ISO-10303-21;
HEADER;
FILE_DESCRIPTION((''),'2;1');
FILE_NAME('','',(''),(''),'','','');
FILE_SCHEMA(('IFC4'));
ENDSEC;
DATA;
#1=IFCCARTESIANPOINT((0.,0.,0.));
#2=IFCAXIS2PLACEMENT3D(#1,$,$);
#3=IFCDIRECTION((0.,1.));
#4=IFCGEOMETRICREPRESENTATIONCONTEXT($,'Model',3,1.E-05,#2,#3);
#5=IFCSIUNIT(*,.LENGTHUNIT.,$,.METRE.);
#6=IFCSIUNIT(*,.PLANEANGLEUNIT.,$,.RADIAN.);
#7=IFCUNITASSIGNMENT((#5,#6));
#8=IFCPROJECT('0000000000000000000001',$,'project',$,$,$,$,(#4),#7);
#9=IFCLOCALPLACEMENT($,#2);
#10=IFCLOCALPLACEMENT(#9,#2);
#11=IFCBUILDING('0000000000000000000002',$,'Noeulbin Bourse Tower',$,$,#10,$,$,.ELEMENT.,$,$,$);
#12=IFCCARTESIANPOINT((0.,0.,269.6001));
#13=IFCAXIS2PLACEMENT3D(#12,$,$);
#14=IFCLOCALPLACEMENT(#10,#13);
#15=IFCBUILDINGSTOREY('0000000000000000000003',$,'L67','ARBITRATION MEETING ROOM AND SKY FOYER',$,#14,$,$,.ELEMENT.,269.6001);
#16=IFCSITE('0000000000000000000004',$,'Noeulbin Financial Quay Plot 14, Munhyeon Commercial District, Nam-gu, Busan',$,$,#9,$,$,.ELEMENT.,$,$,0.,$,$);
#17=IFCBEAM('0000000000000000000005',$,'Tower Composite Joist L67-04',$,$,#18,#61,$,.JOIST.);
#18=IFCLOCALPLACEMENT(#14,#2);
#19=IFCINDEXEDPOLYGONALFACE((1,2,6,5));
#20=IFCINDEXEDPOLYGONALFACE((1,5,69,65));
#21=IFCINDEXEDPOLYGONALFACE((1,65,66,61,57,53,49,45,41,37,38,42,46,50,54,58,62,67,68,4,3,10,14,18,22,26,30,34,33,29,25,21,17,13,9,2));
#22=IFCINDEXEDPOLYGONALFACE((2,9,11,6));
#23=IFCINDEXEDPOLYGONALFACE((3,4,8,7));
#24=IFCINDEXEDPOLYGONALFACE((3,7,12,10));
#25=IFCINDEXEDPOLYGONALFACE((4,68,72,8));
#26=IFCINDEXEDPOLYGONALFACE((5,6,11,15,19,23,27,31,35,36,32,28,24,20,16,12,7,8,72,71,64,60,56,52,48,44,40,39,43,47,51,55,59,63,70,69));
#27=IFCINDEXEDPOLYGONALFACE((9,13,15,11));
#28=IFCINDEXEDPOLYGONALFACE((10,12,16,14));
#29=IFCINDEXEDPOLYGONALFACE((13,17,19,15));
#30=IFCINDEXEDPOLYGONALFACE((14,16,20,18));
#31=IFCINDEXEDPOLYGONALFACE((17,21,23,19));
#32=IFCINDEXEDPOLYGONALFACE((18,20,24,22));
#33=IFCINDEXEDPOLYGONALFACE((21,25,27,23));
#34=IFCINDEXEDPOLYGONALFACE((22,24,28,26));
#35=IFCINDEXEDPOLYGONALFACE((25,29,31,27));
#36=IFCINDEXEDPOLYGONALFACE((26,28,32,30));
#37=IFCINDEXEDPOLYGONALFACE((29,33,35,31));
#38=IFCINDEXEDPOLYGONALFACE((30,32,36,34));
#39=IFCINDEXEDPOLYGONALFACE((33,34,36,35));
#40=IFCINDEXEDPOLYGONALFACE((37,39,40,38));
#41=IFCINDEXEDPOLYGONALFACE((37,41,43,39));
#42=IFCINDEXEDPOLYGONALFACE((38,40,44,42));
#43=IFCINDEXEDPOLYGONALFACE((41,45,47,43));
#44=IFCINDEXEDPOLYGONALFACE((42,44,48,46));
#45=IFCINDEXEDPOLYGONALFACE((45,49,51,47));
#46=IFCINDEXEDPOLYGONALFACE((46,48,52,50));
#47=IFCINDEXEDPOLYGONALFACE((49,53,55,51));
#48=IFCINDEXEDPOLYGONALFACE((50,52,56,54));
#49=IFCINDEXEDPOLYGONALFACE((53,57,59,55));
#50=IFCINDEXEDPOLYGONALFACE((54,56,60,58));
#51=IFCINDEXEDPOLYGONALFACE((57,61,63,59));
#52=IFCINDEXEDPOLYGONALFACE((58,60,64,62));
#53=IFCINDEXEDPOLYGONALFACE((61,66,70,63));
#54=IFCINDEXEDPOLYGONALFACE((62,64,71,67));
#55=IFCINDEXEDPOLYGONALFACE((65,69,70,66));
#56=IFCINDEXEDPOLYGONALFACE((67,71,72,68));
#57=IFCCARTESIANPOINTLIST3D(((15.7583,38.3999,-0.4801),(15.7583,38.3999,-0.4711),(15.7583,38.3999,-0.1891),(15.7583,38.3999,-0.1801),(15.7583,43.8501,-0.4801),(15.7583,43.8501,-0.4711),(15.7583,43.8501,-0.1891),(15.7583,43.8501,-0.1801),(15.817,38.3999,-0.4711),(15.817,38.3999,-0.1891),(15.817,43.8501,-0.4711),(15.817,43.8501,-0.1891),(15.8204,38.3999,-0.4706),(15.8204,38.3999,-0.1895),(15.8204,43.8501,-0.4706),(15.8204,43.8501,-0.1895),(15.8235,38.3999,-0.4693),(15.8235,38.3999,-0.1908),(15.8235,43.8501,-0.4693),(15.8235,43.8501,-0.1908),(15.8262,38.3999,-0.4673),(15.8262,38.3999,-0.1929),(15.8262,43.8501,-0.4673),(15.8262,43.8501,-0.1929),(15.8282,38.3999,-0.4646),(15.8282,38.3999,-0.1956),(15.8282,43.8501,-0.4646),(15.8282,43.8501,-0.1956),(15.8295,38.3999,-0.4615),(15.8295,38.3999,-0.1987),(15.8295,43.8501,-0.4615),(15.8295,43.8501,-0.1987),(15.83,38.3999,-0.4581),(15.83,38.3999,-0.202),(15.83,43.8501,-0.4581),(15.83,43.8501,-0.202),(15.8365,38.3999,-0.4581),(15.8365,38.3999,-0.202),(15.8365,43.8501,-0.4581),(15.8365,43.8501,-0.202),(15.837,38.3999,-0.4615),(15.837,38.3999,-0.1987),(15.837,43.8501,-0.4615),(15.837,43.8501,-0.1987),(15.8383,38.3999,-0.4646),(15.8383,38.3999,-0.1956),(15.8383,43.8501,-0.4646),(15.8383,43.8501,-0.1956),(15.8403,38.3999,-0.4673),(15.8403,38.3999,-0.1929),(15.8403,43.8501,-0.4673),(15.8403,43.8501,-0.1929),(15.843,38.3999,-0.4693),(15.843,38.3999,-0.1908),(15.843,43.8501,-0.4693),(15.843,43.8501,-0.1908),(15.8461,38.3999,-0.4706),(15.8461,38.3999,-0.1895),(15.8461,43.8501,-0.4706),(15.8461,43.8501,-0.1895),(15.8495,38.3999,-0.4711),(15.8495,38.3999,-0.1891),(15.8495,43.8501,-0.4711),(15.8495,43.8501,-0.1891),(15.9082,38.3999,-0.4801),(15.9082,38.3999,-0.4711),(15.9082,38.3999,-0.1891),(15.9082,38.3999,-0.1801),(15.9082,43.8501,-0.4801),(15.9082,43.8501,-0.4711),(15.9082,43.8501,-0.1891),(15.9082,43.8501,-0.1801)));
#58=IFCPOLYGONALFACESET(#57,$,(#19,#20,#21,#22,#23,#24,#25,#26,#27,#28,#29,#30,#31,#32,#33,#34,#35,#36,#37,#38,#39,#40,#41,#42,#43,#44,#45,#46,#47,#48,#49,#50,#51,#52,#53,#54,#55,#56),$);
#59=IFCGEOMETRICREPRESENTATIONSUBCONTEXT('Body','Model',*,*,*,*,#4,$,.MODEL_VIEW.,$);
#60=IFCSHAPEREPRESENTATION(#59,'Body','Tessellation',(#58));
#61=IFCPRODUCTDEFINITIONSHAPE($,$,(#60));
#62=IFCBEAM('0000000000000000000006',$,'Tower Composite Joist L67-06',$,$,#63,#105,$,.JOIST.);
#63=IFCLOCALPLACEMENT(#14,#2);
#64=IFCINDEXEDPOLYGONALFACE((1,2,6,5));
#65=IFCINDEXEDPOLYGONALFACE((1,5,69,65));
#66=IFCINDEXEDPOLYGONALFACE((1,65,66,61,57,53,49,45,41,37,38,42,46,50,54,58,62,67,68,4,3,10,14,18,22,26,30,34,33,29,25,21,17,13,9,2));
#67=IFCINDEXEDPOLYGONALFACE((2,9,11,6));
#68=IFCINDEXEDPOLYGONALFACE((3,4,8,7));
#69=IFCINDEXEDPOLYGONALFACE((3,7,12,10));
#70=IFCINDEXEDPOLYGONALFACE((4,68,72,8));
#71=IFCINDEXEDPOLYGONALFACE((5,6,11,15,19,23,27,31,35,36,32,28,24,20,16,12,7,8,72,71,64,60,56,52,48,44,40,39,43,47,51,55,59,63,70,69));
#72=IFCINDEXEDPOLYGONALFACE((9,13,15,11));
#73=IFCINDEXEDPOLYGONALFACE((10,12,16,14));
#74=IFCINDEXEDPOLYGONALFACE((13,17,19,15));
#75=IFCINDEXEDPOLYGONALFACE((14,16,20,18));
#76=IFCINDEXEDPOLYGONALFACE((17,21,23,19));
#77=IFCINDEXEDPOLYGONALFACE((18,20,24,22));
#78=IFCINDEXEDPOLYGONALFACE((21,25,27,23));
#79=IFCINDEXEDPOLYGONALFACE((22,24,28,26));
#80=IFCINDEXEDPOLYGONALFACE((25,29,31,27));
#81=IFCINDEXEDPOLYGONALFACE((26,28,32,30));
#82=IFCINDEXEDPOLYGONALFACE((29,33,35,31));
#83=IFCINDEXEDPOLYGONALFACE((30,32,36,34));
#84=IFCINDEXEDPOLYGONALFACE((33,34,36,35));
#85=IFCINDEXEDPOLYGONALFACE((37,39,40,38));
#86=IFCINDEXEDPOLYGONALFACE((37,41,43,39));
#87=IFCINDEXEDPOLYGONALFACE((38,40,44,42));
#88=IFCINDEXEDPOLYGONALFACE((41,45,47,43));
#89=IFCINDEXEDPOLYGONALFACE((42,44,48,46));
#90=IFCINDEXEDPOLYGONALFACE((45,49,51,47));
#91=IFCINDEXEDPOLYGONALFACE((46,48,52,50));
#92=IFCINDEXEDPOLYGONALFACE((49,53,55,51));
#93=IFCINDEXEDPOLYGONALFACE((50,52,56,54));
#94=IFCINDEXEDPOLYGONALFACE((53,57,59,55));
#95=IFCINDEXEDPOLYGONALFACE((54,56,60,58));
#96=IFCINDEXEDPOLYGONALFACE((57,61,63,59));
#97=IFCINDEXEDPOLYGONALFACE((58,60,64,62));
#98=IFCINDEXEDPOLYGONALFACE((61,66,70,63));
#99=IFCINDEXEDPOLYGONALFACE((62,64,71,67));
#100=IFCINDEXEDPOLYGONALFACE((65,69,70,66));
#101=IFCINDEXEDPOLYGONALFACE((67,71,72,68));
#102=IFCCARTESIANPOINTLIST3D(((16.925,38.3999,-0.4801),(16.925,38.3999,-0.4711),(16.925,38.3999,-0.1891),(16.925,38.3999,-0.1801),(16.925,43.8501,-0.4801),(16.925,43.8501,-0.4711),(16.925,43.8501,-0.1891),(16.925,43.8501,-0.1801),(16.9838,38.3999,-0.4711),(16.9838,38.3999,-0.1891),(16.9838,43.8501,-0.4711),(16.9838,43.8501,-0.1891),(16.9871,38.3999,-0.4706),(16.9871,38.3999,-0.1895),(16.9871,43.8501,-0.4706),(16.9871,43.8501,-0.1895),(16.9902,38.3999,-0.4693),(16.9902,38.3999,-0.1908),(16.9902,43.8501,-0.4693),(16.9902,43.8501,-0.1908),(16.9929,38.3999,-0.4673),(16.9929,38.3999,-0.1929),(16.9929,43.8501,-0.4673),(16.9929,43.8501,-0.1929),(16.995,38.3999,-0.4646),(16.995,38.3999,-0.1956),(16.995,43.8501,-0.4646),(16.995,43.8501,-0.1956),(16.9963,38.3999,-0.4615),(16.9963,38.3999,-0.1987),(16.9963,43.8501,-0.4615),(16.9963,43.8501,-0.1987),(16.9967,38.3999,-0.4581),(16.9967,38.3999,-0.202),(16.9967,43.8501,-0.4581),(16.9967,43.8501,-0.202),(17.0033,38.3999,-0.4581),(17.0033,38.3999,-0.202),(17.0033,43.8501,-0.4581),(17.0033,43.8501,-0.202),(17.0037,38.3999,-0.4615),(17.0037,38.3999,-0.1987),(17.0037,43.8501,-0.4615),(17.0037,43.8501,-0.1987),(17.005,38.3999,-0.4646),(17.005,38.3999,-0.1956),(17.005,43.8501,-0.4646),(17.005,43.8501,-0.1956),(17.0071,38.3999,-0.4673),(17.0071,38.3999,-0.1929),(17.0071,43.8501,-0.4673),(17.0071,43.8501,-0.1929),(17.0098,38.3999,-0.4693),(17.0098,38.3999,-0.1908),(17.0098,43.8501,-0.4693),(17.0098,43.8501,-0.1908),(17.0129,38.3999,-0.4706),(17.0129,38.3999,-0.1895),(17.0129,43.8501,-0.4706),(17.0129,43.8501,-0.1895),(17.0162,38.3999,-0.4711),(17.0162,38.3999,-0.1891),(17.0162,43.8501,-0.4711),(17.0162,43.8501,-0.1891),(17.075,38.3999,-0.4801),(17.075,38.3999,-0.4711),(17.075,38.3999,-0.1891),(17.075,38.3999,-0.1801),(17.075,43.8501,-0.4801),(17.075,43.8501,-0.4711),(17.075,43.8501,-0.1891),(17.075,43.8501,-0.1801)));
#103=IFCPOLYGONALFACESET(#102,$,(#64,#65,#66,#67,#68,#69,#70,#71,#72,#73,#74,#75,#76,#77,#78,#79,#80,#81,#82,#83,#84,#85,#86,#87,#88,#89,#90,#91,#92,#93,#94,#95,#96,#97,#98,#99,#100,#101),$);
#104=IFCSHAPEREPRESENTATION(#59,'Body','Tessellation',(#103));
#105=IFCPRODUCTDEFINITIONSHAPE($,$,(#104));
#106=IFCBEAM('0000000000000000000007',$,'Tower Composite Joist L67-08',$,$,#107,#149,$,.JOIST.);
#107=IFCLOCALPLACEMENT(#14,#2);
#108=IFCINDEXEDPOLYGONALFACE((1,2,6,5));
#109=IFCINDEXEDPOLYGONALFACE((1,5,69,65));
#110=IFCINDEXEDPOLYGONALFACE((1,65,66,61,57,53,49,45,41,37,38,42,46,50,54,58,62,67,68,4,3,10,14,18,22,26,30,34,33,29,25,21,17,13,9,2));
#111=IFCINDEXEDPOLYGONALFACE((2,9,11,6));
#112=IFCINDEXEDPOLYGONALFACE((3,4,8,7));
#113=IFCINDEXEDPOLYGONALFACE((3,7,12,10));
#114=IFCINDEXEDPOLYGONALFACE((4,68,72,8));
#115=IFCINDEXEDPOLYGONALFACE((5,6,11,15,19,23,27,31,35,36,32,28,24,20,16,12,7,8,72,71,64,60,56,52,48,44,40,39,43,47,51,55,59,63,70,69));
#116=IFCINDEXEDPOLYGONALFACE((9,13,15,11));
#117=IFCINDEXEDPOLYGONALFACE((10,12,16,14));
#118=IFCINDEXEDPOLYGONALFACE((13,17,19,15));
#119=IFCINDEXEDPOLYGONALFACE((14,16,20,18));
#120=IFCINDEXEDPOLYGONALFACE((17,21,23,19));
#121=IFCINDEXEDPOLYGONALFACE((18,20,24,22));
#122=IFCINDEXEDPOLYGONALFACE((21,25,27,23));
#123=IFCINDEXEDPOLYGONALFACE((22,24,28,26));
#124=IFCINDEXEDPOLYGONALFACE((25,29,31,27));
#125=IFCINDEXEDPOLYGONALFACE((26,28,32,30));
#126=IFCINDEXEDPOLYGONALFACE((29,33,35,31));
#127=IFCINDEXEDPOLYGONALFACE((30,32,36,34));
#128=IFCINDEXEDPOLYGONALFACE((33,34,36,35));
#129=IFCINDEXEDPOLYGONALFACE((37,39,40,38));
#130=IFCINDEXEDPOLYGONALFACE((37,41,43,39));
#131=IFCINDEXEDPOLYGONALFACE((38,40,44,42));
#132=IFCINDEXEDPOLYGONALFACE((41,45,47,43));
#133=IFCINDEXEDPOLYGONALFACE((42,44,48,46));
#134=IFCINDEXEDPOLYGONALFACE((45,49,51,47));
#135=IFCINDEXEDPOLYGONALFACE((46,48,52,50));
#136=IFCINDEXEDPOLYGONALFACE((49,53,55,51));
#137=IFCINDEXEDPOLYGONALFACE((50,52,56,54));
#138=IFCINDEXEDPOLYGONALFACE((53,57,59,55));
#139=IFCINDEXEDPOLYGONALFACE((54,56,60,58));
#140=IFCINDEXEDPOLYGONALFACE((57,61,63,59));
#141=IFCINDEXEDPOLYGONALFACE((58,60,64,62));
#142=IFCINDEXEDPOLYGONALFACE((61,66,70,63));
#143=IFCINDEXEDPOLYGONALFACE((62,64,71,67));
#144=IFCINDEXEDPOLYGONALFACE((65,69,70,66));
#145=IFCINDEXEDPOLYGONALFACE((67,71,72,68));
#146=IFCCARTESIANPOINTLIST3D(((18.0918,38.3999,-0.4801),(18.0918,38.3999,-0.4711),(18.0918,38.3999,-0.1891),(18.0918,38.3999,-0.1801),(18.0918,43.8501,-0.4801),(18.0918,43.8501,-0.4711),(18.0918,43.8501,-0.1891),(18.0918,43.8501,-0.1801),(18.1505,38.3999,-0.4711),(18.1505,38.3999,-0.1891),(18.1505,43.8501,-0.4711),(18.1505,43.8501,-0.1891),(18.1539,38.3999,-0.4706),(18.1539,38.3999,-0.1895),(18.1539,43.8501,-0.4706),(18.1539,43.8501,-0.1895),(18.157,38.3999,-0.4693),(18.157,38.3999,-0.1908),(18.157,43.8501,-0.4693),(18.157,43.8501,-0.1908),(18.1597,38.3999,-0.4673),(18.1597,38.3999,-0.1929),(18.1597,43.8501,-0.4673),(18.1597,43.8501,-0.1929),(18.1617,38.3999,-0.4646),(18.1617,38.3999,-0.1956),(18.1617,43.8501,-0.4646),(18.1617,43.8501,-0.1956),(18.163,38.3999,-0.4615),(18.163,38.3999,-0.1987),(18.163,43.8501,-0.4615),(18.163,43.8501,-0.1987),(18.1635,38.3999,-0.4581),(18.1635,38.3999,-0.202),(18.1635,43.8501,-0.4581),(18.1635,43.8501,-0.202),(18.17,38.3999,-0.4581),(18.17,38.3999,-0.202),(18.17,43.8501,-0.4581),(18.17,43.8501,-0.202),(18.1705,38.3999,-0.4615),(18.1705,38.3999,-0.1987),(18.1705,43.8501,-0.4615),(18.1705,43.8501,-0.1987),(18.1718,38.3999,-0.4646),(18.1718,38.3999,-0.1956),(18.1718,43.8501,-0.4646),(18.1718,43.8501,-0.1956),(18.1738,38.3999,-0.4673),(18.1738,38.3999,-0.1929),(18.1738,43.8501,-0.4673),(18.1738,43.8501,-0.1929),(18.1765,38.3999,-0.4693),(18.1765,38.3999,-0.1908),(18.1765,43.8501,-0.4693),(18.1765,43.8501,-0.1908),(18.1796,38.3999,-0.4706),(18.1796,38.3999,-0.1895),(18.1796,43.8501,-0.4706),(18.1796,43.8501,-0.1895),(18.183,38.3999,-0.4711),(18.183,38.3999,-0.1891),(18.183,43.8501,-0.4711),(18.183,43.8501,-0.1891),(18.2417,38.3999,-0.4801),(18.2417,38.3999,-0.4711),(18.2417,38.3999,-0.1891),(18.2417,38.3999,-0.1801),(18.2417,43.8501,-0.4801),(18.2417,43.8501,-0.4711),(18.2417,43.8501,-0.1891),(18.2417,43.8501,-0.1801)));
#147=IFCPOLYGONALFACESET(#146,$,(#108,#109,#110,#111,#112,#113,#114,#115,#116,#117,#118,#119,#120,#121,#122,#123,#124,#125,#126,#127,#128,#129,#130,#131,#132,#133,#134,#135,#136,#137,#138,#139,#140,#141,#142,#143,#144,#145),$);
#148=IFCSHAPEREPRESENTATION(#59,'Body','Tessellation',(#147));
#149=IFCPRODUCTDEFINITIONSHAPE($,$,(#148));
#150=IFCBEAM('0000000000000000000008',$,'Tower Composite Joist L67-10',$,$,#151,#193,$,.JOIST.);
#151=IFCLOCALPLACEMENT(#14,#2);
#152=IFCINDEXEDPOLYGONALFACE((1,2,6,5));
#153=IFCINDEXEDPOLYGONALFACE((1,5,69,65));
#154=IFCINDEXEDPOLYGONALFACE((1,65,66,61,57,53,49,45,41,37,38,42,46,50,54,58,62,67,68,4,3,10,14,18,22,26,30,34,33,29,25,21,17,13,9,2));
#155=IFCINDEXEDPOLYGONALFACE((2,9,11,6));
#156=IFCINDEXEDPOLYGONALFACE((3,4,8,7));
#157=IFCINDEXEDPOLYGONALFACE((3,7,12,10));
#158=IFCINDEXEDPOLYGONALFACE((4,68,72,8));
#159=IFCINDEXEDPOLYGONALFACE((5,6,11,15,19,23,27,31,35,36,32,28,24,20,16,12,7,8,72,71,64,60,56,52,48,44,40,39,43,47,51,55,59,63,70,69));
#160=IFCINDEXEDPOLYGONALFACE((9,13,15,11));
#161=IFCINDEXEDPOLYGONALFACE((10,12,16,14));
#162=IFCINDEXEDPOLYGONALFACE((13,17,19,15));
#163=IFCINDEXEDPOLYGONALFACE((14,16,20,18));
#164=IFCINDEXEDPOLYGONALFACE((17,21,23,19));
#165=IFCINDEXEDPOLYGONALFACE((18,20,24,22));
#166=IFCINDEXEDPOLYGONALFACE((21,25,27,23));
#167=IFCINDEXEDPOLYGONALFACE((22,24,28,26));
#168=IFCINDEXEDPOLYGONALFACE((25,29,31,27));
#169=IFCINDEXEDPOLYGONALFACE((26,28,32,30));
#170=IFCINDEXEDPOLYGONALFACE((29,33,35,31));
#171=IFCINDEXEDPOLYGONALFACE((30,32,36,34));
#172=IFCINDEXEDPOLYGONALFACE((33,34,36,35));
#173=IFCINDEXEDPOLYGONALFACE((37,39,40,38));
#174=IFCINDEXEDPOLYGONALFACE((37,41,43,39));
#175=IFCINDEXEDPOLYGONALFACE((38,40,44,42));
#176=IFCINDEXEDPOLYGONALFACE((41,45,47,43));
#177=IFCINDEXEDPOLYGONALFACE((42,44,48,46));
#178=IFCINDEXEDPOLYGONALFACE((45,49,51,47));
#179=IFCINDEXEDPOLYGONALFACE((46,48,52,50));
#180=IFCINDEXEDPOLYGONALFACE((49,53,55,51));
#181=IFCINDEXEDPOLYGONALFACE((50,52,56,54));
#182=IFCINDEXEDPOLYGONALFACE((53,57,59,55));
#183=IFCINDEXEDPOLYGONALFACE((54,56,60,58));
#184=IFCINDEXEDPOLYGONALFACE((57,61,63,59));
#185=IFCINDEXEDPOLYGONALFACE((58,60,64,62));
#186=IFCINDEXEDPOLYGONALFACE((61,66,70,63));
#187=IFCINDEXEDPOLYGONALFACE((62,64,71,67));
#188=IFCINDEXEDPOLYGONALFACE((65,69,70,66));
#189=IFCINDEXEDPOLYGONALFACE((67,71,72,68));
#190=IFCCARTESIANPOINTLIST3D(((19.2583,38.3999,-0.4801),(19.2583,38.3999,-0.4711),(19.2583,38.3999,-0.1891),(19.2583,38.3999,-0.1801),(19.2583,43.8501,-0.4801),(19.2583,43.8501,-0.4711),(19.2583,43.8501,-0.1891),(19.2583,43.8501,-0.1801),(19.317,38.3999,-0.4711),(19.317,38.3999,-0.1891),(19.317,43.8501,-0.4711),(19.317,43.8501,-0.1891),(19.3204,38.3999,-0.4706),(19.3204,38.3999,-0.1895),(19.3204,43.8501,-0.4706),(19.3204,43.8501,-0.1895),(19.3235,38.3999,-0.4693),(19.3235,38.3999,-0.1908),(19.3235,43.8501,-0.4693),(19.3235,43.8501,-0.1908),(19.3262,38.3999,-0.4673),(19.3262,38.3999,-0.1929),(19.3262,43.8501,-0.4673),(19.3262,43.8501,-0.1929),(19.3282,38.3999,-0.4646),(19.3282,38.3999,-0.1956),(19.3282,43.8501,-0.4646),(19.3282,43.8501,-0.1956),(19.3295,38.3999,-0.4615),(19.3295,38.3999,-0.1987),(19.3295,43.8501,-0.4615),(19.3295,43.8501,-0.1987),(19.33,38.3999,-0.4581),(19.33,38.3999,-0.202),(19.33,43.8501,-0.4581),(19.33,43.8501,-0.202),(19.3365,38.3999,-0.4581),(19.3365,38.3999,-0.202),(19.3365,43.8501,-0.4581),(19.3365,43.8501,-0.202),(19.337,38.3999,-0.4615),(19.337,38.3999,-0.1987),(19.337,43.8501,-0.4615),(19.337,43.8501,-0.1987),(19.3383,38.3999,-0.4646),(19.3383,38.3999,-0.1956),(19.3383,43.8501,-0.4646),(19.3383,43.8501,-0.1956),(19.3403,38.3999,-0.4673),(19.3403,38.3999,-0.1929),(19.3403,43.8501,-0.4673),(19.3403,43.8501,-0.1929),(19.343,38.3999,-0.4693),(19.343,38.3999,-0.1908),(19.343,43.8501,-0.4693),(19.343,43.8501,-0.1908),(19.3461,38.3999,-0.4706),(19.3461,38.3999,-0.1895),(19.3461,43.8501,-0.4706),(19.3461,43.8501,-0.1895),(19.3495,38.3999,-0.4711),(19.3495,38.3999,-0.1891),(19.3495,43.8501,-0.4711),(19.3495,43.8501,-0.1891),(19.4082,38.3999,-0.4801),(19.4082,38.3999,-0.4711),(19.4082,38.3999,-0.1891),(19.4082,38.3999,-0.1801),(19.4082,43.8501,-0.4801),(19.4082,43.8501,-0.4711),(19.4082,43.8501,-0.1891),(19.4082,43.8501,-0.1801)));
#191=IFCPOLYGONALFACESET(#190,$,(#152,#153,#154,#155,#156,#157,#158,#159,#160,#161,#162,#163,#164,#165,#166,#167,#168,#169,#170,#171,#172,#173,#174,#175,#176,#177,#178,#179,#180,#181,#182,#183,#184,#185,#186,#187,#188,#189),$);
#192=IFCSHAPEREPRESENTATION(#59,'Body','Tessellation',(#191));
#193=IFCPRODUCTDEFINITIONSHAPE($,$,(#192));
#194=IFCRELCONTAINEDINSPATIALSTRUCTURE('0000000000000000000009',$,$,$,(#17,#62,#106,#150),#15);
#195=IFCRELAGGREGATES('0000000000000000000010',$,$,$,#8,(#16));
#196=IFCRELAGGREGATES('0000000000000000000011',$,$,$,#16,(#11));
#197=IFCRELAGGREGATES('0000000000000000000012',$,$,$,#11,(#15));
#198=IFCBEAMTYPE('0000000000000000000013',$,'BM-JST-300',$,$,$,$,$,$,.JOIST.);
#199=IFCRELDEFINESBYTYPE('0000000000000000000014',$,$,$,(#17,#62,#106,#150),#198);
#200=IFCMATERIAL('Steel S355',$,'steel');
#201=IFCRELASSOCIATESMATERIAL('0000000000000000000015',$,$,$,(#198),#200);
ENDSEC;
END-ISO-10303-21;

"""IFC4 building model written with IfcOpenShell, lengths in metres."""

from ifc_helpers import new_model, si_unit, direction, frame, origin, origin_2d, place, context, subcontext, project, spatial, i_section, extrude, material, material_profile, profile_set, type_object, element, save


model = new_model("IFC4")

# Units and contexts
model_context = context("Model", 3, precision=1e-05, world=origin(), true_north=direction((0.0, 1.0)))
body_context = subcontext(model_context, "Body", "Model", "MODEL_VIEW")
ifc_project = project(units=[si_unit("LENGTHUNIT", "METRE"), si_unit("PLANEANGLEUNIT", "RADIAN")], contexts=[model_context])

# Site, building, storey
site_placement = place(None, origin())
site = spatial("IfcSite", under=ifc_project, at=site_placement, Name="Noeulbin Financial Quay Plot 14, Munhyeon Commercial District, Nam-gu, Busan", CompositionType="ELEMENT", RefElevation=0.0)
building_placement = place(site_placement, origin())
building = spatial("IfcBuilding", under=site, at=building_placement, Name="Noeulbin Bourse Tower", CompositionType="ELEMENT")
storey_placement = place(building_placement, frame((0.0, 0.0, 269.6001)))
storey = spatial("IfcBuildingStorey", under=building, at=storey_placement, Name="L67", Description="ARBITRATION MEETING ROOM AND SKY FOYER", CompositionType="ELEMENT", Elevation=269.6001)

# Shared definitions
ifc_material_1 = material(Name="Steel S355", Category="steel")

# Beams
ifc_material_profile_1 = material_profile(ifc_material_1, i_section(OverallWidth=0.1499, OverallDepth=0.3, WebThickness=0.0066, FlangeThickness=0.009, FilletRadius=0.0129, at=origin_2d()), Name="H-300x150x6.5x9", Category="LoadBearing")
ifc_profile_set_1 = profile_set([ifc_material_profile_1], Name="Steel S355")
beam_type_1 = type_object("IfcBeamType", Name="BM-JST-300", PredefinedType="JOIST", material=ifc_profile_set_1)
for number, where, z_axis, x_axis, name in (
    (1, (15.8333, 38.3999, -0.3301), (0.0, 1.0, 0.0), (-1.0, 0.0, 0.0), "Tower Composite Joist L67-04"),
    (2, (17.0, 38.3999, -0.3301), (0.0, 1.0, 0.0), (-1.0, 0.0, 0.0), "Tower Composite Joist L67-06"),
    (3, (18.1667, 38.3999, -0.3301), (0.0, 1.0, 0.0), (-1.0, 0.0, 0.0), "Tower Composite Joist L67-08"),
    (4, (19.3333, 38.3999, -0.3301), (0.0, 1.0, 0.0), (-1.0, 0.0, 0.0), "Tower Composite Joist L67-10"),
):
    element("IfcBeam", number, at=place(storey_placement, frame(where, z_axis=z_axis, x_axis=x_axis)), inside=storey, type_object=beam_type_1, Name=name, PredefinedType="JOIST", context=body_context, shape_type="SweptSolid", body=[
        extrude(i_section(OverallWidth=0.1499, OverallDepth=0.3, WebThickness=0.0066, FlangeThickness=0.009, FilletRadius=0.0129, at=origin_2d()), origin(), (0.0, 0.0, 1.0), 5.4502),
    ])

save(model, "model.ifc")
